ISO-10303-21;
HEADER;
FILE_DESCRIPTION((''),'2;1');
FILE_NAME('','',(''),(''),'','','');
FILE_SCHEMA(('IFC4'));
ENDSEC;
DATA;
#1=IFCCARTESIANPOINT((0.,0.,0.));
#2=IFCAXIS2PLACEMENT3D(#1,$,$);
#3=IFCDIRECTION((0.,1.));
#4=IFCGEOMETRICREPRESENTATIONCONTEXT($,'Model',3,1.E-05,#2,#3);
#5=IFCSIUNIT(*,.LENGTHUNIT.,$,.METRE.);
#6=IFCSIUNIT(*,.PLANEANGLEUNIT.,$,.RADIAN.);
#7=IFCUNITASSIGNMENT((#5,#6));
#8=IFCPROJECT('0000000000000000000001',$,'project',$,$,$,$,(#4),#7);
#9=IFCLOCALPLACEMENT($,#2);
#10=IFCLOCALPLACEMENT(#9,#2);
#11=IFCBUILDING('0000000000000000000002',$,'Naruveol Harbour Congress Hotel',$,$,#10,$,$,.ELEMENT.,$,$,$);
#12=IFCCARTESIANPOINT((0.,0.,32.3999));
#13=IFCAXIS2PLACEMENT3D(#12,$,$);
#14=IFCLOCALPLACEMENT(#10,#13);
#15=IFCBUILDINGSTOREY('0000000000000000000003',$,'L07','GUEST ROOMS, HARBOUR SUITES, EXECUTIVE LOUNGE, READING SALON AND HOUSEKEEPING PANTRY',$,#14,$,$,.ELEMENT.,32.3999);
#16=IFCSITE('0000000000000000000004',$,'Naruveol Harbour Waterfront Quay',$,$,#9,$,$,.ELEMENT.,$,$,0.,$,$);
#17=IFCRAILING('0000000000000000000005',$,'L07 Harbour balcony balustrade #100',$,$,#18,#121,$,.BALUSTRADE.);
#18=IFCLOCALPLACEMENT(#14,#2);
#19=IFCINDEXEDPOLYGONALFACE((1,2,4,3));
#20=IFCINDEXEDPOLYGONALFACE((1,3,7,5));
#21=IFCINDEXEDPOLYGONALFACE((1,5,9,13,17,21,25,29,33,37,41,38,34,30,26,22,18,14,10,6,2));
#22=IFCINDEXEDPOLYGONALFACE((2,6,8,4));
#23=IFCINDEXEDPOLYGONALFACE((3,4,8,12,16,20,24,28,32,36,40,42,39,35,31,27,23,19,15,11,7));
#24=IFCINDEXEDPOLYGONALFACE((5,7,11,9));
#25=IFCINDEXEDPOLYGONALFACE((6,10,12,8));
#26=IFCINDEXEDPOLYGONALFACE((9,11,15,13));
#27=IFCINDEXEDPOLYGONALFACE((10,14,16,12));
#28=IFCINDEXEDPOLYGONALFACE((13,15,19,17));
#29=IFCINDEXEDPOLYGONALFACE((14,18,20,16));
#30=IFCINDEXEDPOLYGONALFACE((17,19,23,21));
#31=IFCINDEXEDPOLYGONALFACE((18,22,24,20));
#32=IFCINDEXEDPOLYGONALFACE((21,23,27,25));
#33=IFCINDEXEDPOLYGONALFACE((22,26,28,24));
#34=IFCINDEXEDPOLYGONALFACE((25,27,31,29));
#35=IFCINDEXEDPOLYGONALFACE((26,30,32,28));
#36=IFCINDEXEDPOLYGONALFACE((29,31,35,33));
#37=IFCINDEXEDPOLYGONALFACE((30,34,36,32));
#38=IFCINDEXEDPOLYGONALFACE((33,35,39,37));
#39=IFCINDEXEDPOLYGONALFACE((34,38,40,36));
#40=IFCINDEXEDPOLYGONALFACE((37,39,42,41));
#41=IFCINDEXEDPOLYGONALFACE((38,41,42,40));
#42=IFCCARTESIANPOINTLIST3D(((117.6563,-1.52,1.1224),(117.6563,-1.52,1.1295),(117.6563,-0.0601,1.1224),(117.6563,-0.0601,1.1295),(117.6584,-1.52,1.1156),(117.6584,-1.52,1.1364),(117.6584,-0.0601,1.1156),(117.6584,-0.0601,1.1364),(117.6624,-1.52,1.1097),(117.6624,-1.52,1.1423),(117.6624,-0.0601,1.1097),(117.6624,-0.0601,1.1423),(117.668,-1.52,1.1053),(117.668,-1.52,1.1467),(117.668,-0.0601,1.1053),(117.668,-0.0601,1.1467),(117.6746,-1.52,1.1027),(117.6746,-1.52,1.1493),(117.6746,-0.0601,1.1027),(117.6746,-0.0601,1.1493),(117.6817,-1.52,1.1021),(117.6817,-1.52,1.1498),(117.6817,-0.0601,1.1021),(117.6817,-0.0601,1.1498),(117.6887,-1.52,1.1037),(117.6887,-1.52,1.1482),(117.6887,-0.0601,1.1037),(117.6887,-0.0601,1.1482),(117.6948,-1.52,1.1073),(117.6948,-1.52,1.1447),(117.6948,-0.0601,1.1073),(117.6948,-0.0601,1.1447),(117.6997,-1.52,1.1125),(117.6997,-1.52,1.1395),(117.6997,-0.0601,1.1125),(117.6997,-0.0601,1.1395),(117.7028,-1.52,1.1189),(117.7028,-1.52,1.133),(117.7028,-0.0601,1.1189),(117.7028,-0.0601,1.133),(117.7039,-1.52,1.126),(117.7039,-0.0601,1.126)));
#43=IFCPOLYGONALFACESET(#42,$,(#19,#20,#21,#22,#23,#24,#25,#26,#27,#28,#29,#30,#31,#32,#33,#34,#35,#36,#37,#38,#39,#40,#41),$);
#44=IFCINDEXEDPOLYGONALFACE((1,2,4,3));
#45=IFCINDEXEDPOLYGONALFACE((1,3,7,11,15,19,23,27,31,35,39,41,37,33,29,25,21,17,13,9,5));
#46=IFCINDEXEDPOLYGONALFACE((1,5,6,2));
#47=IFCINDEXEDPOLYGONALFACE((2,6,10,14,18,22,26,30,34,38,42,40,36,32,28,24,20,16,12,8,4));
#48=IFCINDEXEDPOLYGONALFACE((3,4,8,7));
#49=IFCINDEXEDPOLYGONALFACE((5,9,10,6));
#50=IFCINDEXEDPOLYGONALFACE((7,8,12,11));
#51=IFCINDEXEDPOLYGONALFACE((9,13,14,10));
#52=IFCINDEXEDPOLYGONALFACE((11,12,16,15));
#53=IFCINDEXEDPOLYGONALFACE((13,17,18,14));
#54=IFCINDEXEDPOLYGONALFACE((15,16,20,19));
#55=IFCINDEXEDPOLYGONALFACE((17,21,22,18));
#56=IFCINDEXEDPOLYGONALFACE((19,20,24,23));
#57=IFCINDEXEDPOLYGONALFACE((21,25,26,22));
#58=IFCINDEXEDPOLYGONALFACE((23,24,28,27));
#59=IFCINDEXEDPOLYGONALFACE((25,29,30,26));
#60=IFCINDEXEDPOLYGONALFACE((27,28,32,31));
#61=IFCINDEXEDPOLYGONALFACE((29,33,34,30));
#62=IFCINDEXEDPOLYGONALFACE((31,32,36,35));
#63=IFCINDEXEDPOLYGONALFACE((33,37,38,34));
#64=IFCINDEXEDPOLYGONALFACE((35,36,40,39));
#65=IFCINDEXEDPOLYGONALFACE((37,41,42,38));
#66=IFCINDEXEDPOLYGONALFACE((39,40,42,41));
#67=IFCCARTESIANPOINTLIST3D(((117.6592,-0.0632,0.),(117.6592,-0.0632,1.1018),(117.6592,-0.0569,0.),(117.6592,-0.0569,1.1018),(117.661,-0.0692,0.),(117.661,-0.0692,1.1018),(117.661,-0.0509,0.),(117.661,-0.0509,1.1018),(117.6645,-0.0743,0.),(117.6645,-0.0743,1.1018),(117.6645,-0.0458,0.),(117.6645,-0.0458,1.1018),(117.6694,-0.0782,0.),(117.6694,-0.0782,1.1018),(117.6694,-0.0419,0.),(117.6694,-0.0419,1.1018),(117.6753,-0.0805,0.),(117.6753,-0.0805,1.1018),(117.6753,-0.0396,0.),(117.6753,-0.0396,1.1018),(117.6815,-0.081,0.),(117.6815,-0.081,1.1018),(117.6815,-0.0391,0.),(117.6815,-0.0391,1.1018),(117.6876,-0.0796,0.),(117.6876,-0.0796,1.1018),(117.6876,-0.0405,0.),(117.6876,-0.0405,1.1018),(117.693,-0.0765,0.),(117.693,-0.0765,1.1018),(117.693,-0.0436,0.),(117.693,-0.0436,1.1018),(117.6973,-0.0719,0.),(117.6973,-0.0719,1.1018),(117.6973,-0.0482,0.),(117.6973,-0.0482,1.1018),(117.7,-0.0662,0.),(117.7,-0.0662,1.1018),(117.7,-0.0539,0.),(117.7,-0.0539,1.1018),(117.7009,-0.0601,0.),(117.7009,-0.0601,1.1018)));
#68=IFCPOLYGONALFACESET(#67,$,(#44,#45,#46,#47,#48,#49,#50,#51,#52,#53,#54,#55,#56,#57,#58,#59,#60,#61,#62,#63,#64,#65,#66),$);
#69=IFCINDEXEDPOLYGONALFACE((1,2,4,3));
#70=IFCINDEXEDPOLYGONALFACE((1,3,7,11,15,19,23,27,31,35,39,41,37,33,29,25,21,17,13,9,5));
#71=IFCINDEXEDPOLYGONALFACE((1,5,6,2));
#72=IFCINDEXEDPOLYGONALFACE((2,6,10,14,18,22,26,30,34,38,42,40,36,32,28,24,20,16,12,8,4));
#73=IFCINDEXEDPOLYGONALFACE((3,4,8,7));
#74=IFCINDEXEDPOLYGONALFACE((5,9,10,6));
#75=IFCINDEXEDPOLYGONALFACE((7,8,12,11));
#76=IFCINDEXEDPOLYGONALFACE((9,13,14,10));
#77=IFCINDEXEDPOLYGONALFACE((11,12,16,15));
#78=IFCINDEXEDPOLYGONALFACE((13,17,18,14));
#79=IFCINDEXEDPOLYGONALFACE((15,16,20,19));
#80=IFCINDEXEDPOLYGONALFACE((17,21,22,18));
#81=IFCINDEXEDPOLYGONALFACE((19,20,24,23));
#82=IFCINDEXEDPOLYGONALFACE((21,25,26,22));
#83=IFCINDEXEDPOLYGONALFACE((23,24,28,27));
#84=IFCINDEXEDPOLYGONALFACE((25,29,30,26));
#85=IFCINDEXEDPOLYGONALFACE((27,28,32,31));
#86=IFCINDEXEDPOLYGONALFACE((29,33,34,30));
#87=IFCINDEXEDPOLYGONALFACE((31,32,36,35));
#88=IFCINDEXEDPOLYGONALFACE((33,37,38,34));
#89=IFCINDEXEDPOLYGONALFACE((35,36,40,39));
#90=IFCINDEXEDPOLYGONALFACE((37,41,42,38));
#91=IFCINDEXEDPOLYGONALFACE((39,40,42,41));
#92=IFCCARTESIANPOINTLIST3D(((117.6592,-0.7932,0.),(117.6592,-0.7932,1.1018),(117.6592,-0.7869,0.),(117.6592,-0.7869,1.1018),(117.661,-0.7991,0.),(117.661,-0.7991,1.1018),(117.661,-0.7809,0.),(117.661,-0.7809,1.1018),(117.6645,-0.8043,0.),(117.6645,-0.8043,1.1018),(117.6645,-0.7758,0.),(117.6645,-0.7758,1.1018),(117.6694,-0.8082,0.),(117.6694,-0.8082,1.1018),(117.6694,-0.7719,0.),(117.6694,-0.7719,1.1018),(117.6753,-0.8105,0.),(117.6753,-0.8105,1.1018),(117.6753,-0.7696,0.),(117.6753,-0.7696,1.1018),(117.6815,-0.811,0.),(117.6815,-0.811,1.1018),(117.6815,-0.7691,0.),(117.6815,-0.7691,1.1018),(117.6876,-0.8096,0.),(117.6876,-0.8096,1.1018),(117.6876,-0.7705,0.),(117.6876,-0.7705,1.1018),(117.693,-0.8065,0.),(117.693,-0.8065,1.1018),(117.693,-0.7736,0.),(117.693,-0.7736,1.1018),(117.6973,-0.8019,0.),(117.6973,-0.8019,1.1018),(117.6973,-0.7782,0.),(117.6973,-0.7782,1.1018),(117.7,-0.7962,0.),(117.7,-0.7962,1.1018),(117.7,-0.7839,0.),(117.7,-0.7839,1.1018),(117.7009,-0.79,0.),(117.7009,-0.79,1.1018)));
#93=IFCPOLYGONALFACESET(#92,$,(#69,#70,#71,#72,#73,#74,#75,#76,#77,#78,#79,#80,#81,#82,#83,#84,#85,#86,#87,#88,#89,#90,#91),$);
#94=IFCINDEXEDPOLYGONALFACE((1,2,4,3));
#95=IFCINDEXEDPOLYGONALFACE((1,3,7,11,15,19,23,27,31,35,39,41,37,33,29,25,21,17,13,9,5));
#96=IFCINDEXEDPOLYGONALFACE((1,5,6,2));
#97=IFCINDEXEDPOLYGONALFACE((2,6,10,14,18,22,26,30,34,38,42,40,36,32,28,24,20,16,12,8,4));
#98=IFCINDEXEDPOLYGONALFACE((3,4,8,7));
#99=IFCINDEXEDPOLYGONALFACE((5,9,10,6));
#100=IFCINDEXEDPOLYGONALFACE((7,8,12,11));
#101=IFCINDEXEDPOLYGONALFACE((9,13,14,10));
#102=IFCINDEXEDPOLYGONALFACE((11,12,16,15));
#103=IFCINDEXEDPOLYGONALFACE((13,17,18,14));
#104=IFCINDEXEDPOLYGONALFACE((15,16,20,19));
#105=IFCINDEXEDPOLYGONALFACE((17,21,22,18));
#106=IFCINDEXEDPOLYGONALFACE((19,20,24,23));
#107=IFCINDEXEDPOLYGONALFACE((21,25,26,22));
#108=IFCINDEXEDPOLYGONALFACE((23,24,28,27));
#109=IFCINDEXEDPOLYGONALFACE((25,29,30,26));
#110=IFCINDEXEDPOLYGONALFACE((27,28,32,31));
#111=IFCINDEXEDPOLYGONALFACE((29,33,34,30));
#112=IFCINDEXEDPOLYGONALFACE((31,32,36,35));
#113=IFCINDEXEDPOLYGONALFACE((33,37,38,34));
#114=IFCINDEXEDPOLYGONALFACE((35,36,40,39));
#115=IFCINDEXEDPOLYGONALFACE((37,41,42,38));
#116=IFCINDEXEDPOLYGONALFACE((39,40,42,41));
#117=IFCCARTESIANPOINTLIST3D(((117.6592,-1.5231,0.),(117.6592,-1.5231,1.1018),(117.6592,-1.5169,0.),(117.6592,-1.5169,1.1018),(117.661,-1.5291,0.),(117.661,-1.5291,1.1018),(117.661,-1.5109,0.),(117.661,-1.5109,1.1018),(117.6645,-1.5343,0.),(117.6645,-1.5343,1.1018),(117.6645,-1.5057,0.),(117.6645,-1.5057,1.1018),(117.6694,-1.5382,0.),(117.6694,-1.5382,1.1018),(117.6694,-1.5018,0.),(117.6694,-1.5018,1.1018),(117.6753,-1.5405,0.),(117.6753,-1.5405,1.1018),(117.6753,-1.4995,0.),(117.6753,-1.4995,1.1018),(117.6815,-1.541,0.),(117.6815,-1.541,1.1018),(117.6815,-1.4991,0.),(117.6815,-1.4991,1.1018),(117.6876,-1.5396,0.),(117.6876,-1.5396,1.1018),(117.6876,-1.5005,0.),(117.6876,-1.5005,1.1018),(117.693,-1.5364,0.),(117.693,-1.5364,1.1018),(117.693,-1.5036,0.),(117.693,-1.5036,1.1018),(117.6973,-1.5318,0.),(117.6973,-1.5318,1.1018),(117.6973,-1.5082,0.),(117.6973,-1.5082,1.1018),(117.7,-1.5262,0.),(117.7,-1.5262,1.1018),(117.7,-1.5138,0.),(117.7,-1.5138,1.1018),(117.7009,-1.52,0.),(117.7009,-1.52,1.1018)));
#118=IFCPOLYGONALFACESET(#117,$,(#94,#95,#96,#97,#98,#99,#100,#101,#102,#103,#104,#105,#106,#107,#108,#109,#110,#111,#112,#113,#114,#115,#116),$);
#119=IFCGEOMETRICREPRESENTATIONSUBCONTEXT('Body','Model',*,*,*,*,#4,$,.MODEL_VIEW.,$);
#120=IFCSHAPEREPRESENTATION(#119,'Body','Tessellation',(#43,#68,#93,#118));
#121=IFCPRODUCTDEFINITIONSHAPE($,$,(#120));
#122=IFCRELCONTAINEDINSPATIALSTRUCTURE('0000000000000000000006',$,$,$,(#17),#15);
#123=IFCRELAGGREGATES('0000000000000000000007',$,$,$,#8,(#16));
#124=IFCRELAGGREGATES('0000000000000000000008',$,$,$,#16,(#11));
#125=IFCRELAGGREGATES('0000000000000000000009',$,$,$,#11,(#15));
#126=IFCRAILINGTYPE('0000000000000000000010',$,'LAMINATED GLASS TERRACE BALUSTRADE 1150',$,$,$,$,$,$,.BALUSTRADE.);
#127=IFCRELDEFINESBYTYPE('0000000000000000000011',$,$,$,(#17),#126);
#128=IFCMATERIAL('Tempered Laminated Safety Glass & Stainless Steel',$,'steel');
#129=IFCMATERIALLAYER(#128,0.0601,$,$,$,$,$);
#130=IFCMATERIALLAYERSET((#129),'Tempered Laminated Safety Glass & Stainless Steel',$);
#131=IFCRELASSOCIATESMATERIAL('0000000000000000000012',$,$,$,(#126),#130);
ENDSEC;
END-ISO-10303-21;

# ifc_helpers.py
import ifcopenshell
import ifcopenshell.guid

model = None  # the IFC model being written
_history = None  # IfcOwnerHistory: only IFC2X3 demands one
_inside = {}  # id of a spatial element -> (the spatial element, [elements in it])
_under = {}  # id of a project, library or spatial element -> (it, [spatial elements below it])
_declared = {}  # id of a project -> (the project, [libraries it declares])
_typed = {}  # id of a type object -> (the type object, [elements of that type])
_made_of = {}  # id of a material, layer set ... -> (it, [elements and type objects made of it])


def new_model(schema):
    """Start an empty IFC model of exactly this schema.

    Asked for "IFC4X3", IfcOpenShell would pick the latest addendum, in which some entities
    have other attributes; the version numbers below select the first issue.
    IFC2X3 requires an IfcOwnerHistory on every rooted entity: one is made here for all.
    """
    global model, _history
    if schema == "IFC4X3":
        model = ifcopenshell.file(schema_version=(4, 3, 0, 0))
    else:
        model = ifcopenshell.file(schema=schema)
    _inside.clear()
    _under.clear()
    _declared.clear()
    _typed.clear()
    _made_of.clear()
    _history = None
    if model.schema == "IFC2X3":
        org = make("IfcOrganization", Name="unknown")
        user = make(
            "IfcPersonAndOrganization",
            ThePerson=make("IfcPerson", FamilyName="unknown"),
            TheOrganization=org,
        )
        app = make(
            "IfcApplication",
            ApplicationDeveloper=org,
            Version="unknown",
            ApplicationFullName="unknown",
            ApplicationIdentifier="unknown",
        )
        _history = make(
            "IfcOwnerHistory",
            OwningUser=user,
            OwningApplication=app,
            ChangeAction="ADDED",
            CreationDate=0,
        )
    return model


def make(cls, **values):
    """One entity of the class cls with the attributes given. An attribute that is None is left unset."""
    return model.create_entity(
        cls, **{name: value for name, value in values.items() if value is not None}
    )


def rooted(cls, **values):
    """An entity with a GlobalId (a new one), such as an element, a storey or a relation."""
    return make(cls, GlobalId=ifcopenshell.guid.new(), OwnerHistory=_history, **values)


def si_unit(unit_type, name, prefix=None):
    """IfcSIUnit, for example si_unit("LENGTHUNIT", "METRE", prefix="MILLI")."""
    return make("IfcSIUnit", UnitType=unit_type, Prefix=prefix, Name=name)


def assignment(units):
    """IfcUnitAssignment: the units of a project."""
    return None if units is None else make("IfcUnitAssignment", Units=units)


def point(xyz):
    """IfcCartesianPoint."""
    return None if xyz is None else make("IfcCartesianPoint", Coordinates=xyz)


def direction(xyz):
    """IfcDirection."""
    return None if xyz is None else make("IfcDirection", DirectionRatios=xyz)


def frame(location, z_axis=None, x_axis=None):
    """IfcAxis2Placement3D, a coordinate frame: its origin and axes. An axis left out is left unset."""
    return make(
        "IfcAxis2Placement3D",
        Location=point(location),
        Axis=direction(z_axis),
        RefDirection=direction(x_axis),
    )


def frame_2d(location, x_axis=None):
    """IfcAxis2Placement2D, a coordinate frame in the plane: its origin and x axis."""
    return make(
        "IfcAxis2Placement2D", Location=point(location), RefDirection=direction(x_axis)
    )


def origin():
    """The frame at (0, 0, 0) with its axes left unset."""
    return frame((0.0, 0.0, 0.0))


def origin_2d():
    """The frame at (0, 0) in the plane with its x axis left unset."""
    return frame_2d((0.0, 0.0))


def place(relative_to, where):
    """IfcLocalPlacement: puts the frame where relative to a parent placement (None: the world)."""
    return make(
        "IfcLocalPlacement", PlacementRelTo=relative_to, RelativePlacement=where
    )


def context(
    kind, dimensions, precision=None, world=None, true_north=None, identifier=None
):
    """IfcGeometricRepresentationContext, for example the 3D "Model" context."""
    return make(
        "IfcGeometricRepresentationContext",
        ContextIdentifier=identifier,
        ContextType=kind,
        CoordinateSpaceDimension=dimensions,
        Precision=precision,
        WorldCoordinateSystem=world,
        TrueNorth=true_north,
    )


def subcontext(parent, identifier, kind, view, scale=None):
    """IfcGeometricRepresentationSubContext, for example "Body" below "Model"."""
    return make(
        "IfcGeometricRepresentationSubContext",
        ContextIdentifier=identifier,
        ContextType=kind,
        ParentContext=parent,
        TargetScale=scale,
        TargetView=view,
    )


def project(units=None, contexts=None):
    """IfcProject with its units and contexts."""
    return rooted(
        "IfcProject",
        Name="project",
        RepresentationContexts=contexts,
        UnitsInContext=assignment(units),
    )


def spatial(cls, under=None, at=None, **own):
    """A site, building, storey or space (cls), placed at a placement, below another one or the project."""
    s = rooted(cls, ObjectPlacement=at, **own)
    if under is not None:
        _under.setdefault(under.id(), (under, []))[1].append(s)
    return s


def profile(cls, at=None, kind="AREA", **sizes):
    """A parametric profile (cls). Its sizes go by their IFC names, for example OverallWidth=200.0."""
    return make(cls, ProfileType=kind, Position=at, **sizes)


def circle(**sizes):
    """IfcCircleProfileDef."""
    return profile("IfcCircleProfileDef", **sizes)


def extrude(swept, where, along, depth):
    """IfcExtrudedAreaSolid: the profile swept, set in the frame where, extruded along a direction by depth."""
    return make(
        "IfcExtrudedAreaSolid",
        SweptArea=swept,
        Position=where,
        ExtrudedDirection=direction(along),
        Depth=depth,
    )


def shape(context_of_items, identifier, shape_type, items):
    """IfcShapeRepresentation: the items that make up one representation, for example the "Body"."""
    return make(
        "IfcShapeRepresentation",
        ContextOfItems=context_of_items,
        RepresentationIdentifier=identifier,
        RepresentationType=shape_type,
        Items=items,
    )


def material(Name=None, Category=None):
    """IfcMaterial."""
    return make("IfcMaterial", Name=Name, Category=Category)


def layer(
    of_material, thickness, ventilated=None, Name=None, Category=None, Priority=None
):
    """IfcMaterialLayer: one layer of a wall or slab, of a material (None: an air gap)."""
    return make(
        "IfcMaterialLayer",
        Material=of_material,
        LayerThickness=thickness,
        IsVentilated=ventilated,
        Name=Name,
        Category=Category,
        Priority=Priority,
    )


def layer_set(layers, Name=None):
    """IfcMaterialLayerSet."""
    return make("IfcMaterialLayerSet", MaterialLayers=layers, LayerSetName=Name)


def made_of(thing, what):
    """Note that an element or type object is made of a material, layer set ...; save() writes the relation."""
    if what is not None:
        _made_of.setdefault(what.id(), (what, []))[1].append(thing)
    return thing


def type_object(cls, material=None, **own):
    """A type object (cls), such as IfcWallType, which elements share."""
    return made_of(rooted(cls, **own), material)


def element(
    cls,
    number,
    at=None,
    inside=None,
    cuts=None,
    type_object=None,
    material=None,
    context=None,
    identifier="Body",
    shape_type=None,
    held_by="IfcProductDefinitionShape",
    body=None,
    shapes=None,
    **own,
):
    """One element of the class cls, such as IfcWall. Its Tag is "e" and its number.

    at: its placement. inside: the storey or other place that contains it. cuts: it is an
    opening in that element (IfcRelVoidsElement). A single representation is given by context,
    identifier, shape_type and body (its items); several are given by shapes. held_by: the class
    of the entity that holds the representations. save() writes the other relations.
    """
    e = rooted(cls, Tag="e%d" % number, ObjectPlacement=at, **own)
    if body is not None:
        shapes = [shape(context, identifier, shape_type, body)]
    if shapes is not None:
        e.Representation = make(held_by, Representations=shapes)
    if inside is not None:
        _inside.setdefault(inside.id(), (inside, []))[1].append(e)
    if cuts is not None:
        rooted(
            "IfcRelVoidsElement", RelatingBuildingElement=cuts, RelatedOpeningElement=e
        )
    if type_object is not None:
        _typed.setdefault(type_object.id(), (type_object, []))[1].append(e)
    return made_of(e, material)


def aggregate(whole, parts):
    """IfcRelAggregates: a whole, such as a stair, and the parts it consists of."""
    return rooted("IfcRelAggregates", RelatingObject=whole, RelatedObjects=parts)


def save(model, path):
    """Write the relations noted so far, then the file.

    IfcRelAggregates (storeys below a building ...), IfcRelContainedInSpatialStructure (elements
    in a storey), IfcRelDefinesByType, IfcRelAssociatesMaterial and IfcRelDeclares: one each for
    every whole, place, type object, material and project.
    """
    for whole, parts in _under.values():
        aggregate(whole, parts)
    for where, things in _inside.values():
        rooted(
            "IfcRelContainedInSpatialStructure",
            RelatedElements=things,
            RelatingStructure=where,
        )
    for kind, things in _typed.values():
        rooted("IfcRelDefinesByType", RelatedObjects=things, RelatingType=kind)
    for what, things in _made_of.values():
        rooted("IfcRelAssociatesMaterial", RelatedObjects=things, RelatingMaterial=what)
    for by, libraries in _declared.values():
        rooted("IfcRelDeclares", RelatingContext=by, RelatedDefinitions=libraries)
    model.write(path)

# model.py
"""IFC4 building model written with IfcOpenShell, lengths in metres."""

from ifc_helpers import new_model, si_unit, direction, frame, origin, origin_2d, place, context, subcontext, project, spatial, circle, extrude, material, layer, layer_set, type_object, element, save


model = new_model("IFC4")

# Units and contexts
model_context = context("Model", 3, precision=1e-05, world=origin(), true_north=direction((0.0, 1.0)))
body_context = subcontext(model_context, "Body", "Model", "MODEL_VIEW")
ifc_project = project(units=[si_unit("LENGTHUNIT", "METRE"), si_unit("PLANEANGLEUNIT", "RADIAN")], contexts=[model_context])

# Site, building, storey
site_placement = place(None, origin())
site = spatial("IfcSite", under=ifc_project, at=site_placement, Name="Naruveol Harbour Waterfront Quay", CompositionType="ELEMENT", RefElevation=0.0)
building_placement = place(site_placement, origin())
building = spatial("IfcBuilding", under=site, at=building_placement, Name="Naruveol Harbour Congress Hotel", CompositionType="ELEMENT")
storey_placement = place(building_placement, frame((0.0, 0.0, 32.3999)))
storey = spatial("IfcBuildingStorey", under=building, at=storey_placement, Name="L07", Description="GUEST ROOMS, HARBOUR SUITES, EXECUTIVE LOUNGE, READING SALON AND HOUSEKEEPING PANTRY", CompositionType="ELEMENT", Elevation=32.3999)

# Railing
ifc_material_1 = material(Name="Tempered Laminated Safety Glass & Stainless Steel", Category="steel")
ifc_layer_1 = layer(ifc_material_1, 0.0601)
ifc_layer_set_1 = layer_set([ifc_layer_1], Name="Tempered Laminated Safety Glass & Stainless Steel")
railing_type = type_object("IfcRailingType", Name="LAMINATED GLASS TERRACE BALUSTRADE 1150", PredefinedType="BALUSTRADE", material=ifc_layer_set_1)
railing_1_placement = place(storey_placement, frame((117.6799, -0.0601, 0.0)))
element("IfcRailing", 1, at=railing_1_placement, inside=storey, type_object=railing_type, Name="L07 Harbour balcony balustrade #100", PredefinedType="BALUSTRADE", context=body_context, shape_type="SweptSolid", body=[
    extrude(circle(Radius=0.0239, at=origin_2d()), frame((0.0, 0.0, 1.126), z_axis=(0.0, -1.0, 0.0), x_axis=(1.0, 0.0, 0.0)), (0.0, 0.0, 1.0), 1.46),
    extrude(circle(Radius=0.021, at=origin_2d()), origin(), (0.0, 0.0, 1.0), 1.1018),
    extrude(circle(Radius=0.021, at=origin_2d()), frame((0.0, -0.73, 0.0)), (0.0, 0.0, 1.0), 1.1018),
    extrude(circle(Radius=0.021, at=origin_2d()), frame((0.0, -1.46, 0.0)), (0.0, 0.0, 1.0), 1.1018),
])

save(model, "model.ifc")
